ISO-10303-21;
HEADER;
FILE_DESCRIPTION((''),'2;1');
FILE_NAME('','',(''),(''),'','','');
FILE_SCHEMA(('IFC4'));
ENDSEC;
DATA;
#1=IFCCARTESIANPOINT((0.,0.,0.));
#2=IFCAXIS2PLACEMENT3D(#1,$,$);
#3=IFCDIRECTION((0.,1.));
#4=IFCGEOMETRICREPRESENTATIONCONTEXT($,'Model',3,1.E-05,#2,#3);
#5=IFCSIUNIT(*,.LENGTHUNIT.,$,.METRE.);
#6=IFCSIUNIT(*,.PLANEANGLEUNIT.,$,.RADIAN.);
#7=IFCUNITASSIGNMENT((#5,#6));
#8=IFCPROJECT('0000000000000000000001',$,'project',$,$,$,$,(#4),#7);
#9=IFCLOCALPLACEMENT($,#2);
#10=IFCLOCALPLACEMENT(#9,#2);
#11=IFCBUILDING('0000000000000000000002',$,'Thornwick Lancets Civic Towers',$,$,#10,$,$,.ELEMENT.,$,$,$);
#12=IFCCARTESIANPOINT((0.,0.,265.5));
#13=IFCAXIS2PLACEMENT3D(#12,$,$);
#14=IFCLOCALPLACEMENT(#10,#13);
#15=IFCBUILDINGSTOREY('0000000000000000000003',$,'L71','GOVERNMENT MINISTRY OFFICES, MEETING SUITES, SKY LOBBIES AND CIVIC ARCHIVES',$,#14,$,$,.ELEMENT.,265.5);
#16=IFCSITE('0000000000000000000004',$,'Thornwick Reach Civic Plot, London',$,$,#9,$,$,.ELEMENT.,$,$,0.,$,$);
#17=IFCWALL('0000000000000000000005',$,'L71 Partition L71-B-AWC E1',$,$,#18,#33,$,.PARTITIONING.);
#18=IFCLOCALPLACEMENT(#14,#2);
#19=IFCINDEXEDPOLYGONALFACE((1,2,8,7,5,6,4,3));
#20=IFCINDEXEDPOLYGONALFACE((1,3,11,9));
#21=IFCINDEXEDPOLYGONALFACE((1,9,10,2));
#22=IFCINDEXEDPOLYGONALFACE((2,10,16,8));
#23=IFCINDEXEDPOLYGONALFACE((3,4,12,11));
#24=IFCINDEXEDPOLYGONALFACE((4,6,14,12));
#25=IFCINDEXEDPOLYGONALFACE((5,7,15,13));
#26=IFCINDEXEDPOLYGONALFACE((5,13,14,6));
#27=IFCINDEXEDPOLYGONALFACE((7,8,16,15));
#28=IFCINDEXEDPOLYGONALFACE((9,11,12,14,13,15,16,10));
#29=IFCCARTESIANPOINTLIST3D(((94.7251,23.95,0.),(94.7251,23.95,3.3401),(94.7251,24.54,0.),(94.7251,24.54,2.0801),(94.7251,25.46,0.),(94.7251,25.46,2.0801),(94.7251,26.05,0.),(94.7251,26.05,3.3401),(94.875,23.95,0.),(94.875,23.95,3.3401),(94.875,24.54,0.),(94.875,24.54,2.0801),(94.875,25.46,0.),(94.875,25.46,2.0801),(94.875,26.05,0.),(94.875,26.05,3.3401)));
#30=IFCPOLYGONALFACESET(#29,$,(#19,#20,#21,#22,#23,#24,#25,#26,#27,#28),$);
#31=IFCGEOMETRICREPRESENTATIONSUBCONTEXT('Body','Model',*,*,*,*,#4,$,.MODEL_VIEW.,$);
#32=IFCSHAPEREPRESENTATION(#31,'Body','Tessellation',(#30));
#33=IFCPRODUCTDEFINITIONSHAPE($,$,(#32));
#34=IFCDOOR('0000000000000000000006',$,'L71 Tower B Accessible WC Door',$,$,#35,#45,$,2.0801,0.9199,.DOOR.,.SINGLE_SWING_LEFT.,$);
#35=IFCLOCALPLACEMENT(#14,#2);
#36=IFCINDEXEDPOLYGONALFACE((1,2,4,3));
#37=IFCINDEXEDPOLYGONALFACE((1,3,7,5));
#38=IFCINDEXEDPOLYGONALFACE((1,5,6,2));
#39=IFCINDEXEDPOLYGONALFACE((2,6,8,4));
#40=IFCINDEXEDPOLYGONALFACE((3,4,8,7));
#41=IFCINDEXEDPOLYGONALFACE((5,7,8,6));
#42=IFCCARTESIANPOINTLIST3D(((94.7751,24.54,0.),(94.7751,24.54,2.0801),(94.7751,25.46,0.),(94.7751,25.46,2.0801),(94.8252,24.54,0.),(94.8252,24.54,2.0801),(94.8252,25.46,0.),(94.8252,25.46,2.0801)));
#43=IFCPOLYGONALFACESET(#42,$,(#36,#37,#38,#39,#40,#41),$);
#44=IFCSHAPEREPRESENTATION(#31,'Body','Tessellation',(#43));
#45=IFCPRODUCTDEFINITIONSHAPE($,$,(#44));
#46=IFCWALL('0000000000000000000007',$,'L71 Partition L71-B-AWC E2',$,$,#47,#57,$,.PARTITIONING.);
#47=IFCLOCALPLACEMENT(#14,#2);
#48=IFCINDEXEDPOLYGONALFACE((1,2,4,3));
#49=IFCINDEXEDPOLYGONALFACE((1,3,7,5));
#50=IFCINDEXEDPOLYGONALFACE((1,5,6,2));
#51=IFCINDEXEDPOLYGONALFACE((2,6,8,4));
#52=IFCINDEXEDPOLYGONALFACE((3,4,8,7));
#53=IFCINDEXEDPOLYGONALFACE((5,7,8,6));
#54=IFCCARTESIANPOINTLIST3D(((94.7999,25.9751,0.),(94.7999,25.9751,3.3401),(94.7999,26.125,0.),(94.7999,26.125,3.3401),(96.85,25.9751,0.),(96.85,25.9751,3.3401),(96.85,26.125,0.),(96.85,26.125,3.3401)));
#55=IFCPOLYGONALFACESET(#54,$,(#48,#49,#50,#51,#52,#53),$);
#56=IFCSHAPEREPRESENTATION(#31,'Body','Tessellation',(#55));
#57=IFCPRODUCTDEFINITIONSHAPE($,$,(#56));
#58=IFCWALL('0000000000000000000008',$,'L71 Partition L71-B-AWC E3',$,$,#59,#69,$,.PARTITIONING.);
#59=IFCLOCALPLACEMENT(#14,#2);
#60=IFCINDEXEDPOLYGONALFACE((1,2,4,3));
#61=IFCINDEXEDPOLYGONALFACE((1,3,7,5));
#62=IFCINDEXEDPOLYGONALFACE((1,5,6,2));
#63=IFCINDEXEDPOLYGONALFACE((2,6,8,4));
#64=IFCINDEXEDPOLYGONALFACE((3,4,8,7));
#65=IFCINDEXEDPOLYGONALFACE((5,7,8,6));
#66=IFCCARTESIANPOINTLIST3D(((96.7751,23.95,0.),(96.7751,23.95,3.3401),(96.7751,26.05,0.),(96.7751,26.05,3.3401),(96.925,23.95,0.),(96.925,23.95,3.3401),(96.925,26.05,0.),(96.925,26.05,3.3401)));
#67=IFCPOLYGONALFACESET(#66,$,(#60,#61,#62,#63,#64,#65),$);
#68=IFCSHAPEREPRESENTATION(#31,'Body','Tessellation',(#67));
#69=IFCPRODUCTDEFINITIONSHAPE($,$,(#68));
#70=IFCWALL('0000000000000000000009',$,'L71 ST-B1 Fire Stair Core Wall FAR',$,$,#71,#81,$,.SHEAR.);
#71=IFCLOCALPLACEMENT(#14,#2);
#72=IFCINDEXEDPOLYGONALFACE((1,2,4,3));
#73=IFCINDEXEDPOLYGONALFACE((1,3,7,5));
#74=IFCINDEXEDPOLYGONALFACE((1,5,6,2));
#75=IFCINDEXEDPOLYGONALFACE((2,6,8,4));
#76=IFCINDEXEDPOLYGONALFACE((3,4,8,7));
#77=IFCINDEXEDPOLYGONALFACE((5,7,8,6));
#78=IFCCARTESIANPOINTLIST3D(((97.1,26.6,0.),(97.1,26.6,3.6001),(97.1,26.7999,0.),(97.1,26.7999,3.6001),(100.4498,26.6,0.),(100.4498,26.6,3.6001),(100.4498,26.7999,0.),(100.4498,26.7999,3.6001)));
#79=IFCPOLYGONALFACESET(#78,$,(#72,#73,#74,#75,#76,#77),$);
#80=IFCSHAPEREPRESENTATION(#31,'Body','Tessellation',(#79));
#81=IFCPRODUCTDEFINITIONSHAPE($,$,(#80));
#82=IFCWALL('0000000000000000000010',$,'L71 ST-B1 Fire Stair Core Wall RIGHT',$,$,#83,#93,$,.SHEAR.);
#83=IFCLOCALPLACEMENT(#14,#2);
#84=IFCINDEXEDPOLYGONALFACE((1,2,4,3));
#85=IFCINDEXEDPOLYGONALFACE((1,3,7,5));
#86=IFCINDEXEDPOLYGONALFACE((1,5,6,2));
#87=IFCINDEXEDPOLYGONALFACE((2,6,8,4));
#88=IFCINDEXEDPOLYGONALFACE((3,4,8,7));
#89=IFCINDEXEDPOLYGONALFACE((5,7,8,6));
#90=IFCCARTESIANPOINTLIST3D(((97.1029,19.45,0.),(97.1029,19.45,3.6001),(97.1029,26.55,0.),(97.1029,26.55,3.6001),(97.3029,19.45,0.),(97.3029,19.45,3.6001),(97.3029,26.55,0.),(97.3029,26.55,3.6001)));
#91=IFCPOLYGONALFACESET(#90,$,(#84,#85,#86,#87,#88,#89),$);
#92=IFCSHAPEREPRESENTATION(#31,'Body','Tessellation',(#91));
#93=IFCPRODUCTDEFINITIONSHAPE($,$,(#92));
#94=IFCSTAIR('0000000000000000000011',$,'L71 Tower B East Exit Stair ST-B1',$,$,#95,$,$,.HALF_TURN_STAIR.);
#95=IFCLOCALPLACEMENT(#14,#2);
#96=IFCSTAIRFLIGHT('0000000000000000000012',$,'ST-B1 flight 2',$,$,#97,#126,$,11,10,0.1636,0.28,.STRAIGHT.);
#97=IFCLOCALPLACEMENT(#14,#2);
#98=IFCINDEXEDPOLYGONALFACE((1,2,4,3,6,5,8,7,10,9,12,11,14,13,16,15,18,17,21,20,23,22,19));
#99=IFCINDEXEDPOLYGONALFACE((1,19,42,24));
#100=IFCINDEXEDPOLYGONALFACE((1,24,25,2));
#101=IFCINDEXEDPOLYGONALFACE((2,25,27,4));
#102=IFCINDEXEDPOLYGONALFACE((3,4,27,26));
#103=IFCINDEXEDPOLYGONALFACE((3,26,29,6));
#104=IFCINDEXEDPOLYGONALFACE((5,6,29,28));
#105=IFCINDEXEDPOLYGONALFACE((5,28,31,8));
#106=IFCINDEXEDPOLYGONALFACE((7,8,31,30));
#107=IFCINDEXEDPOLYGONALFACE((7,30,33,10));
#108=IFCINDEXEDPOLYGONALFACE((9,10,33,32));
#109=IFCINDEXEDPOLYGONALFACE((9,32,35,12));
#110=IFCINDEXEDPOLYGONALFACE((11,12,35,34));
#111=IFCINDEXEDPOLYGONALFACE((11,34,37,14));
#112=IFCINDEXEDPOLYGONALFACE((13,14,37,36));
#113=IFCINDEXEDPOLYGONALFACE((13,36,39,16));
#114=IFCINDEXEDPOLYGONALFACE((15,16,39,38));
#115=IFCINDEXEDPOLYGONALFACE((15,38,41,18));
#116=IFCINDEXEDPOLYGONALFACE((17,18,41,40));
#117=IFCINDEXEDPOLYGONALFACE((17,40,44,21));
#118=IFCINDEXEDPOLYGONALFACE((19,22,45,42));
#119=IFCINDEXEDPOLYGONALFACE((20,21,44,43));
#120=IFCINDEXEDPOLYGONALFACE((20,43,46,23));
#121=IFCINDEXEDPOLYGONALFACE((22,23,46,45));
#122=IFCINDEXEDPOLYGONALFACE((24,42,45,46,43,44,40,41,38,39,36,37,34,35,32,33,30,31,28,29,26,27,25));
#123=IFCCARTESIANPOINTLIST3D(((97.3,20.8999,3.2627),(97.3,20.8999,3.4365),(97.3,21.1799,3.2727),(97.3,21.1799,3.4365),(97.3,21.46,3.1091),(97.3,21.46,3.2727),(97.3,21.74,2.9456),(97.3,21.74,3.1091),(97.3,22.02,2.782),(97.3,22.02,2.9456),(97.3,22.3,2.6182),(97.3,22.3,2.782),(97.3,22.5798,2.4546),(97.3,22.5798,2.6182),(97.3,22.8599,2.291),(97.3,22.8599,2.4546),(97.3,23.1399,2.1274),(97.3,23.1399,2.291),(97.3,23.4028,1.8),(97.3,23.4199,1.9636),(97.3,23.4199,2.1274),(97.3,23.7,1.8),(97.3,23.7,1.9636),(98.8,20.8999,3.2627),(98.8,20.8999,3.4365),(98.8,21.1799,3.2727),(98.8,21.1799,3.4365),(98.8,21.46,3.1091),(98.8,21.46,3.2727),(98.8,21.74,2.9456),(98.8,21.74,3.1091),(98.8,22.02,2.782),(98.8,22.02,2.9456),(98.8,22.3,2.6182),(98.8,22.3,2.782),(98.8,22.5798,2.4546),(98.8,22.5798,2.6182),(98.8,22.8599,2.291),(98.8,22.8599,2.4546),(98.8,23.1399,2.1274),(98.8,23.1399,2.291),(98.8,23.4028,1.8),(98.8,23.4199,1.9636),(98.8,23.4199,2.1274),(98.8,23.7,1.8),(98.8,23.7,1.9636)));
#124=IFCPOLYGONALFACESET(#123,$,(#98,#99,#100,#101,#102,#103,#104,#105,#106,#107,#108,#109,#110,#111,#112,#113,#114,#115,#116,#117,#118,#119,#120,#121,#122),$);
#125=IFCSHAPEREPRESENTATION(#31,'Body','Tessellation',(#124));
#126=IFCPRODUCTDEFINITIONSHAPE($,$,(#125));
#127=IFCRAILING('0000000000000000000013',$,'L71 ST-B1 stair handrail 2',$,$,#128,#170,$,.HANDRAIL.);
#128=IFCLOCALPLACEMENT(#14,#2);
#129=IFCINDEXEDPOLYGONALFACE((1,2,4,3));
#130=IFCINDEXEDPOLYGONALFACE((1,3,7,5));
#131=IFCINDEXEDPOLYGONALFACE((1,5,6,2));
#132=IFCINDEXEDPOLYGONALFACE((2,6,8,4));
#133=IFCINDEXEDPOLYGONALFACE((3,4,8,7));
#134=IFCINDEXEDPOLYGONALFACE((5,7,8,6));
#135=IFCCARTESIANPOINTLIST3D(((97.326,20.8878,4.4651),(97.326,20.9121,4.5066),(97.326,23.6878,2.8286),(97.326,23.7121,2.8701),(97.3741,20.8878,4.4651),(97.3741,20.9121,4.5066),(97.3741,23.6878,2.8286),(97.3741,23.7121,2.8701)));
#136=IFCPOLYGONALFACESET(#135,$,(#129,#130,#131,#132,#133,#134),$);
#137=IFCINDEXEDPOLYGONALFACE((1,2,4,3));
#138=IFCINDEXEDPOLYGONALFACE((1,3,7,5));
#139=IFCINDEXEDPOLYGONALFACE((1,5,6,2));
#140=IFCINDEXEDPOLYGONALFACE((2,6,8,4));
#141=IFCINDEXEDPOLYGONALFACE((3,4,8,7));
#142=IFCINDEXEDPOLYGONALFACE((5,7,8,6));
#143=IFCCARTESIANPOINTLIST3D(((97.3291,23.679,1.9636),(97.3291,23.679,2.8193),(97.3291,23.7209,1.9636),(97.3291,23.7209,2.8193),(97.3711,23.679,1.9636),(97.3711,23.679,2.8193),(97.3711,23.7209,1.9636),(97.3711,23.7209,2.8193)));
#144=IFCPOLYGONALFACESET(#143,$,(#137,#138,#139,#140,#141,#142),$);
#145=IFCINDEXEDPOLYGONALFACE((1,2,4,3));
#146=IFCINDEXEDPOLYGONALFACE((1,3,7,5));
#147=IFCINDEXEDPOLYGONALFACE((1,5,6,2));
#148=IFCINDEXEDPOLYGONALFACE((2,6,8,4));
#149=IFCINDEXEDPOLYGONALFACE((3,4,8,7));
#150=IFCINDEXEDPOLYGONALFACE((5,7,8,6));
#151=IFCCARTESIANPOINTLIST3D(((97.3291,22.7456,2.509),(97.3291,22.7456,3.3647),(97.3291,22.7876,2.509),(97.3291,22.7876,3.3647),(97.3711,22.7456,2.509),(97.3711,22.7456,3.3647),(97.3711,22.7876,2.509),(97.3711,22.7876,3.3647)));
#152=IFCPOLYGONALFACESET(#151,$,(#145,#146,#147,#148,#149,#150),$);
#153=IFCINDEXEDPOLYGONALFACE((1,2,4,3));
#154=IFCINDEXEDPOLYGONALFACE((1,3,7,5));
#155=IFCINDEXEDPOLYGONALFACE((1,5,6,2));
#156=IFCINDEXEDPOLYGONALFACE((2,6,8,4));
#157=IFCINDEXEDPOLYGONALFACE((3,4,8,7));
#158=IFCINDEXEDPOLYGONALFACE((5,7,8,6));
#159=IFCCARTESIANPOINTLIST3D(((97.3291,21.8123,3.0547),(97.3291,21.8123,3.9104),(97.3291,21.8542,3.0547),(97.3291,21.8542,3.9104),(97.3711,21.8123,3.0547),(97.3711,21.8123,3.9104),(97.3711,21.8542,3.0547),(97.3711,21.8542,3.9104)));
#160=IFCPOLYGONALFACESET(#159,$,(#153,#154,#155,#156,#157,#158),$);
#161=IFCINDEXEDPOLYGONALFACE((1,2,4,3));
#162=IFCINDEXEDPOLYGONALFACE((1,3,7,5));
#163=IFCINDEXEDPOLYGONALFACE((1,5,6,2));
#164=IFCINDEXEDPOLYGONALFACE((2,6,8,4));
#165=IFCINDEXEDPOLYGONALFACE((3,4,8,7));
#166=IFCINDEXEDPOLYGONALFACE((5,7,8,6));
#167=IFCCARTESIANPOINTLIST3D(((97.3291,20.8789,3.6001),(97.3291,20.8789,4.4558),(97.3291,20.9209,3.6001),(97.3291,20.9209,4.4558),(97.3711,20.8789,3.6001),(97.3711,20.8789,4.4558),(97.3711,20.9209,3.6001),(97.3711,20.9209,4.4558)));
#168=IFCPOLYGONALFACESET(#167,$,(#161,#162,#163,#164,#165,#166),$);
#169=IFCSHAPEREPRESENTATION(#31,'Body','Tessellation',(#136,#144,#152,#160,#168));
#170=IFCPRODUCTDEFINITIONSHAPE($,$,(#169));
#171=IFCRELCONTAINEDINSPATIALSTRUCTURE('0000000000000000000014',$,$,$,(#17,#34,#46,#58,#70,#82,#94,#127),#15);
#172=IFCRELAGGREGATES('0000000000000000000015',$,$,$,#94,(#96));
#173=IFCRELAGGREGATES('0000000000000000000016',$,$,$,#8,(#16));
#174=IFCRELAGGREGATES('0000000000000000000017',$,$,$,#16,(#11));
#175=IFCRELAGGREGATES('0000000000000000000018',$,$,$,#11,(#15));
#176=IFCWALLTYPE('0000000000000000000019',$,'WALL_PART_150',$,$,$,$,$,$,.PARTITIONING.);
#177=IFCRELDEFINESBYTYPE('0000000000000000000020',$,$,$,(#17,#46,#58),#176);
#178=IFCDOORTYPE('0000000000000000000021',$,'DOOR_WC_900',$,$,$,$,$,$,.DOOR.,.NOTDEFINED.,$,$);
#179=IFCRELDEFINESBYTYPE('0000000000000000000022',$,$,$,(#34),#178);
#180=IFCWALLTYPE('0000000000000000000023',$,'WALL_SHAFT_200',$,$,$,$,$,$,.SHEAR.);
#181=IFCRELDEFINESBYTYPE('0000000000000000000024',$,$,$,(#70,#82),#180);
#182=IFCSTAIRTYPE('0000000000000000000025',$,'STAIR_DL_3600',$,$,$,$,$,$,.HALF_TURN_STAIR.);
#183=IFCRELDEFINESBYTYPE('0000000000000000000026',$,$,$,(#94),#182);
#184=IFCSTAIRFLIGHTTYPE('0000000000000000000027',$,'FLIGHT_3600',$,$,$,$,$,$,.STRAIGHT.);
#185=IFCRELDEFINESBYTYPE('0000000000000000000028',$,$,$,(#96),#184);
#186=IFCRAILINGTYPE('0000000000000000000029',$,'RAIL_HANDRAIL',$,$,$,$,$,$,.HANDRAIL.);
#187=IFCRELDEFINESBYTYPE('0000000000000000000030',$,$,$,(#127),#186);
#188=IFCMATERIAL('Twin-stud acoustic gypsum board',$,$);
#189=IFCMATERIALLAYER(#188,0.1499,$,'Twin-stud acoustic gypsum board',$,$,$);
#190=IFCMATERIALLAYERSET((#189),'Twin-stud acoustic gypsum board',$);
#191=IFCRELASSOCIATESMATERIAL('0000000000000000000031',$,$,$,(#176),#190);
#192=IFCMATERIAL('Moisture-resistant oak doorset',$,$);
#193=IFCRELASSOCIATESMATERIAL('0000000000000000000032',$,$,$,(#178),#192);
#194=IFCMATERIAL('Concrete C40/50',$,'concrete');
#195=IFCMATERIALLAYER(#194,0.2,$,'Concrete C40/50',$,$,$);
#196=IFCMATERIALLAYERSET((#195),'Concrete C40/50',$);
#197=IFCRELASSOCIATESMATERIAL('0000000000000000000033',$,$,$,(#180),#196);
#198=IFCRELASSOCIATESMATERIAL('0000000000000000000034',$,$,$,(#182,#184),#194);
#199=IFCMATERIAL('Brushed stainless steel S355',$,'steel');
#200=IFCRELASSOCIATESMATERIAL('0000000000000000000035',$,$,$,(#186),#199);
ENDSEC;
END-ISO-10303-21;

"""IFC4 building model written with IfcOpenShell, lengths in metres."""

from ifc_helpers import new_model, si_unit, direction, frame, frame_2d, origin, origin_2d, place, context, subcontext, project, spatial, polyline, rectangle, outline, extrude, material, layer, layer_set, type_object, element, fill, aggregate, save


model = new_model("IFC4")

# Units and contexts
model_context = context("Model", 3, precision=1e-05, world=origin(), true_north=direction((0.0, 1.0)))
body_context = subcontext(model_context, "Body", "Model", "MODEL_VIEW")
ifc_project = project(units=[si_unit("LENGTHUNIT", "METRE"), si_unit("PLANEANGLEUNIT", "RADIAN")], contexts=[model_context])

# Site, building, storey
site_placement = place(None, origin())
site = spatial("IfcSite", under=ifc_project, at=site_placement, Name="Thornwick Reach Civic Plot, London", CompositionType="ELEMENT", RefElevation=0.0)
building_placement = place(site_placement, origin())
building = spatial("IfcBuilding", under=site, at=building_placement, Name="Thornwick Lancets Civic Towers", CompositionType="ELEMENT")
storey_placement = place(building_placement, frame((0.0, 0.0, 265.5)))
storey = spatial("IfcBuildingStorey", under=building, at=storey_placement, Name="L71", Description="GOVERNMENT MINISTRY OFFICES, MEETING SUITES, SKY LOBBIES AND CIVIC ARCHIVES", CompositionType="ELEMENT", Elevation=265.5)

# Shared definitions
ifc_material_1 = material(Name="Twin-stud acoustic gypsum board")
ifc_layer_1 = layer(ifc_material_1, 0.1499, Name="Twin-stud acoustic gypsum board")
ifc_layer_set_1 = layer_set([ifc_layer_1], Name="Twin-stud acoustic gypsum board")
wall_type_1 = type_object("IfcWallType", Name="WALL_PART_150", PredefinedType="PARTITIONING", material=ifc_layer_set_1)

# Wall, opening, door
ifc_material_2 = material(Name="Moisture-resistant oak doorset")
door_type_1 = type_object("IfcDoorType", Name="DOOR_WC_900", OperationType="NOTDEFINED", PredefinedType="DOOR", material=ifc_material_2)
wall_1_placement = place(storey_placement, frame((94.8, 23.95, 0.0), z_axis=(0.0, 0.0, 1.0), x_axis=(0.0, 1.0, 0.0)))
wall_1 = element("IfcWall", 1, at=wall_1_placement, inside=storey, type_object=wall_type_1, Name="L71 Partition L71-B-AWC E1", PredefinedType="PARTITIONING", context=body_context, shape_type="SweptSolid", body=[
    extrude(rectangle(XDim=2.1001, YDim=0.1499, at=frame_2d((1.05, 0.0))), origin(), (0.0, 0.0, 1.0), 3.3401),
])
opening_1_placement = place(wall_1_placement, frame((0.5901, 0.0, 0.0)))
opening_1 = element("IfcOpeningElement", 2, at=opening_1_placement, cuts=wall_1, PredefinedType="OPENING", context=body_context, shape_type="SweptSolid", body=[
    extrude(rectangle(XDim=0.9199, YDim=2.0801, at=frame_2d((0.46, 1.04))), frame((0.0, 0.085, 0.0), z_axis=(0.0, -1.0, 0.0), x_axis=(1.0, 0.0, 0.0)), (0.0, 0.0, 1.0), 0.1699),
])
door_1_placement = place(opening_1_placement, origin())
door_1 = element("IfcDoor", 3, at=door_1_placement, inside=storey, type_object=door_type_1, Name="L71 Tower B Accessible WC Door", OperationType="SINGLE_SWING_LEFT", OverallHeight=2.0801, OverallWidth=0.9199, PredefinedType="DOOR", context=body_context, shape_type="SweptSolid", body=[
    extrude(rectangle(XDim=0.9199, YDim=2.0801, at=frame_2d((0.46, 1.04))), frame((0.0, 0.0249, 0.0), z_axis=(0.0, -1.0, 0.0), x_axis=(1.0, 0.0, 0.0)), (0.0, 0.0, 1.0), 0.05),
])
fill(opening_1, door_1)

# Walls
wall_2_placement = place(storey_placement, frame((94.8, 26.05, 0.0), z_axis=(0.0, 0.0, 1.0), x_axis=(1.0, 0.0, 0.0)))
element("IfcWall", 4, at=wall_2_placement, inside=storey, type_object=wall_type_1, Name="L71 Partition L71-B-AWC E2", PredefinedType="PARTITIONING", context=body_context, shape_type="SweptSolid", body=[
    extrude(rectangle(XDim=2.05, YDim=0.1499, at=frame_2d((1.0249, 0.0))), origin(), (0.0, 0.0, 1.0), 3.3401),
])
wall_3_placement = place(storey_placement, frame((96.8501, 26.05, 0.0), z_axis=(0.0, 0.0, 1.0), x_axis=(0.0, -1.0, 0.0)))
element("IfcWall", 5, at=wall_3_placement, inside=storey, type_object=wall_type_1, Name="L71 Partition L71-B-AWC E3", PredefinedType="PARTITIONING", context=body_context, shape_type="SweptSolid", body=[
    extrude(rectangle(XDim=2.1001, YDim=0.1499, at=frame_2d((1.05, 0.0))), origin(), (0.0, 0.0, 1.0), 3.3401),
])
ifc_material_3 = material(Name="Concrete C40/50", Category="concrete")
ifc_layer_2 = layer(ifc_material_3, 0.2, Name="Concrete C40/50")
ifc_layer_set_2 = layer_set([ifc_layer_2], Name="Concrete C40/50")
wall_type_2 = type_object("IfcWallType", Name="WALL_SHAFT_200", PredefinedType="SHEAR", material=ifc_layer_set_2)
wall_4_placement = place(storey_placement, frame((97.1001, 26.7, 0.0), z_axis=(0.0, 0.0, 1.0), x_axis=(1.0, 0.0, 0.0)))
element("IfcWall", 6, at=wall_4_placement, inside=storey, type_object=wall_type_2, Name="L71 ST-B1 Fire Stair Core Wall FAR", PredefinedType="SHEAR", context=body_context, shape_type="SweptSolid", body=[
    extrude(rectangle(XDim=3.3499, YDim=0.2, at=frame_2d((1.6748, 0.0))), origin(), (0.0, 0.0, 1.0), 3.6001),
])
wall_5_placement = place(storey_placement, frame((97.2029, 26.55, 0.0), z_axis=(0.0, 0.0, 1.0), x_axis=(0.0, -1.0, 0.0)))
element("IfcWall", 7, at=wall_5_placement, inside=storey, type_object=wall_type_2, Name="L71 ST-B1 Fire Stair Core Wall RIGHT", PredefinedType="SHEAR", context=body_context, shape_type="SweptSolid", body=[
    extrude(rectangle(XDim=7.1001, YDim=0.2, at=frame_2d((3.55, 0.0))), origin(), (0.0, 0.0, 1.0), 3.6001),
])

# Stair, stair flight
stair_type = type_object("IfcStairType", Name="STAIR_DL_3600", PredefinedType="HALF_TURN_STAIR", material=ifc_material_3)
stair_placement = place(storey_placement, origin())
stair = element("IfcStair", 8, at=stair_placement, inside=storey, type_object=stair_type, Name="L71 Tower B East Exit Stair ST-B1", PredefinedType="HALF_TURN_STAIR")
stair_flight_type = type_object("IfcStairFlightType", Name="FLIGHT_3600", PredefinedType="STRAIGHT", material=ifc_material_3)
stair_flight_placement = place(storey_placement, frame((98.05, 23.7, 1.8), z_axis=(0.0, 0.0, 1.0), x_axis=(0.0, -1.0, 0.0)))
stair_flight = element("IfcStairFlight", 9, at=stair_flight_placement, type_object=stair_flight_type, Name="ST-B1 flight 2", NumberOfRisers=11, NumberOfTreads=10, PredefinedType="STRAIGHT", RiserHeight=0.1636, TreadLength=0.28, context=body_context, shape_type="SweptSolid", body=[
    extrude(outline(polyline([(0.0, 0.0), (0.0, 0.1636), (0.28, 0.1636), (0.28, 0.3274), (0.5601, 0.3274), (0.5601, 0.491), (0.8401, 0.491), (0.8401, 0.6545), (1.1201, 0.6545), (1.1201, 0.8181), (1.3999, 0.8181), (1.3999, 0.9819), (1.6799, 0.9819), (1.6799, 1.1455), (1.96, 1.1455), (1.96, 1.3091), (2.24, 1.3091), (2.24, 1.4727), (2.52, 1.4727), (2.52, 1.6365), (2.8, 1.6365), (2.8, 1.8), (2.8, 1.4626), (0.2971, 0.0), (0.0, 0.0)])), frame((0.0, 0.75, 0.0), z_axis=(0.0, -1.0, 0.0), x_axis=(1.0, 0.0, 0.0)), (0.0, 0.0, 1.0), 1.5),
])
aggregate(stair, [stair_flight])

# Railing
ifc_material_4 = material(Name="Brushed stainless steel S355", Category="steel")
railing_type_1 = type_object("IfcRailingType", Name="RAIL_HANDRAIL", PredefinedType="HANDRAIL", material=ifc_material_4)
railing_1_placement = place(storey_placement, frame((97.3501, 23.7, 1.9636)))
element("IfcRailing", 10, at=railing_1_placement, inside=storey, type_object=railing_type_1, Name="L71 ST-B1 stair handrail 2", PredefinedType="HANDRAIL", context=body_context, shape_type="SweptSolid", body=[
    extrude(rectangle(XDim=0.0481, YDim=0.0481, at=origin_2d()), frame((0.0, 0.0, 0.8857), z_axis=(0.0, -0.863361, 0.504587), x_axis=(1.0, 0.0, 0.0)), (0.0, 0.0, 1.0), 3.2432),
    extrude(rectangle(XDim=0.042, YDim=0.042, at=origin_2d()), origin(), (0.0, 0.0, 1.0), 0.8557),
    extrude(rectangle(XDim=0.042, YDim=0.042, at=origin_2d()), frame((0.0, -0.9333, 0.5454)), (0.0, 0.0, 1.0), 0.8557),
    extrude(rectangle(XDim=0.042, YDim=0.042, at=origin_2d()), frame((0.0, -1.8667, 1.0911)), (0.0, 0.0, 1.0), 0.8557),
    extrude(rectangle(XDim=0.042, YDim=0.042, at=origin_2d()), frame((0.0, -2.8, 1.6365)), (0.0, 0.0, 1.0), 0.8557),
])

save(model, "model.ifc")
